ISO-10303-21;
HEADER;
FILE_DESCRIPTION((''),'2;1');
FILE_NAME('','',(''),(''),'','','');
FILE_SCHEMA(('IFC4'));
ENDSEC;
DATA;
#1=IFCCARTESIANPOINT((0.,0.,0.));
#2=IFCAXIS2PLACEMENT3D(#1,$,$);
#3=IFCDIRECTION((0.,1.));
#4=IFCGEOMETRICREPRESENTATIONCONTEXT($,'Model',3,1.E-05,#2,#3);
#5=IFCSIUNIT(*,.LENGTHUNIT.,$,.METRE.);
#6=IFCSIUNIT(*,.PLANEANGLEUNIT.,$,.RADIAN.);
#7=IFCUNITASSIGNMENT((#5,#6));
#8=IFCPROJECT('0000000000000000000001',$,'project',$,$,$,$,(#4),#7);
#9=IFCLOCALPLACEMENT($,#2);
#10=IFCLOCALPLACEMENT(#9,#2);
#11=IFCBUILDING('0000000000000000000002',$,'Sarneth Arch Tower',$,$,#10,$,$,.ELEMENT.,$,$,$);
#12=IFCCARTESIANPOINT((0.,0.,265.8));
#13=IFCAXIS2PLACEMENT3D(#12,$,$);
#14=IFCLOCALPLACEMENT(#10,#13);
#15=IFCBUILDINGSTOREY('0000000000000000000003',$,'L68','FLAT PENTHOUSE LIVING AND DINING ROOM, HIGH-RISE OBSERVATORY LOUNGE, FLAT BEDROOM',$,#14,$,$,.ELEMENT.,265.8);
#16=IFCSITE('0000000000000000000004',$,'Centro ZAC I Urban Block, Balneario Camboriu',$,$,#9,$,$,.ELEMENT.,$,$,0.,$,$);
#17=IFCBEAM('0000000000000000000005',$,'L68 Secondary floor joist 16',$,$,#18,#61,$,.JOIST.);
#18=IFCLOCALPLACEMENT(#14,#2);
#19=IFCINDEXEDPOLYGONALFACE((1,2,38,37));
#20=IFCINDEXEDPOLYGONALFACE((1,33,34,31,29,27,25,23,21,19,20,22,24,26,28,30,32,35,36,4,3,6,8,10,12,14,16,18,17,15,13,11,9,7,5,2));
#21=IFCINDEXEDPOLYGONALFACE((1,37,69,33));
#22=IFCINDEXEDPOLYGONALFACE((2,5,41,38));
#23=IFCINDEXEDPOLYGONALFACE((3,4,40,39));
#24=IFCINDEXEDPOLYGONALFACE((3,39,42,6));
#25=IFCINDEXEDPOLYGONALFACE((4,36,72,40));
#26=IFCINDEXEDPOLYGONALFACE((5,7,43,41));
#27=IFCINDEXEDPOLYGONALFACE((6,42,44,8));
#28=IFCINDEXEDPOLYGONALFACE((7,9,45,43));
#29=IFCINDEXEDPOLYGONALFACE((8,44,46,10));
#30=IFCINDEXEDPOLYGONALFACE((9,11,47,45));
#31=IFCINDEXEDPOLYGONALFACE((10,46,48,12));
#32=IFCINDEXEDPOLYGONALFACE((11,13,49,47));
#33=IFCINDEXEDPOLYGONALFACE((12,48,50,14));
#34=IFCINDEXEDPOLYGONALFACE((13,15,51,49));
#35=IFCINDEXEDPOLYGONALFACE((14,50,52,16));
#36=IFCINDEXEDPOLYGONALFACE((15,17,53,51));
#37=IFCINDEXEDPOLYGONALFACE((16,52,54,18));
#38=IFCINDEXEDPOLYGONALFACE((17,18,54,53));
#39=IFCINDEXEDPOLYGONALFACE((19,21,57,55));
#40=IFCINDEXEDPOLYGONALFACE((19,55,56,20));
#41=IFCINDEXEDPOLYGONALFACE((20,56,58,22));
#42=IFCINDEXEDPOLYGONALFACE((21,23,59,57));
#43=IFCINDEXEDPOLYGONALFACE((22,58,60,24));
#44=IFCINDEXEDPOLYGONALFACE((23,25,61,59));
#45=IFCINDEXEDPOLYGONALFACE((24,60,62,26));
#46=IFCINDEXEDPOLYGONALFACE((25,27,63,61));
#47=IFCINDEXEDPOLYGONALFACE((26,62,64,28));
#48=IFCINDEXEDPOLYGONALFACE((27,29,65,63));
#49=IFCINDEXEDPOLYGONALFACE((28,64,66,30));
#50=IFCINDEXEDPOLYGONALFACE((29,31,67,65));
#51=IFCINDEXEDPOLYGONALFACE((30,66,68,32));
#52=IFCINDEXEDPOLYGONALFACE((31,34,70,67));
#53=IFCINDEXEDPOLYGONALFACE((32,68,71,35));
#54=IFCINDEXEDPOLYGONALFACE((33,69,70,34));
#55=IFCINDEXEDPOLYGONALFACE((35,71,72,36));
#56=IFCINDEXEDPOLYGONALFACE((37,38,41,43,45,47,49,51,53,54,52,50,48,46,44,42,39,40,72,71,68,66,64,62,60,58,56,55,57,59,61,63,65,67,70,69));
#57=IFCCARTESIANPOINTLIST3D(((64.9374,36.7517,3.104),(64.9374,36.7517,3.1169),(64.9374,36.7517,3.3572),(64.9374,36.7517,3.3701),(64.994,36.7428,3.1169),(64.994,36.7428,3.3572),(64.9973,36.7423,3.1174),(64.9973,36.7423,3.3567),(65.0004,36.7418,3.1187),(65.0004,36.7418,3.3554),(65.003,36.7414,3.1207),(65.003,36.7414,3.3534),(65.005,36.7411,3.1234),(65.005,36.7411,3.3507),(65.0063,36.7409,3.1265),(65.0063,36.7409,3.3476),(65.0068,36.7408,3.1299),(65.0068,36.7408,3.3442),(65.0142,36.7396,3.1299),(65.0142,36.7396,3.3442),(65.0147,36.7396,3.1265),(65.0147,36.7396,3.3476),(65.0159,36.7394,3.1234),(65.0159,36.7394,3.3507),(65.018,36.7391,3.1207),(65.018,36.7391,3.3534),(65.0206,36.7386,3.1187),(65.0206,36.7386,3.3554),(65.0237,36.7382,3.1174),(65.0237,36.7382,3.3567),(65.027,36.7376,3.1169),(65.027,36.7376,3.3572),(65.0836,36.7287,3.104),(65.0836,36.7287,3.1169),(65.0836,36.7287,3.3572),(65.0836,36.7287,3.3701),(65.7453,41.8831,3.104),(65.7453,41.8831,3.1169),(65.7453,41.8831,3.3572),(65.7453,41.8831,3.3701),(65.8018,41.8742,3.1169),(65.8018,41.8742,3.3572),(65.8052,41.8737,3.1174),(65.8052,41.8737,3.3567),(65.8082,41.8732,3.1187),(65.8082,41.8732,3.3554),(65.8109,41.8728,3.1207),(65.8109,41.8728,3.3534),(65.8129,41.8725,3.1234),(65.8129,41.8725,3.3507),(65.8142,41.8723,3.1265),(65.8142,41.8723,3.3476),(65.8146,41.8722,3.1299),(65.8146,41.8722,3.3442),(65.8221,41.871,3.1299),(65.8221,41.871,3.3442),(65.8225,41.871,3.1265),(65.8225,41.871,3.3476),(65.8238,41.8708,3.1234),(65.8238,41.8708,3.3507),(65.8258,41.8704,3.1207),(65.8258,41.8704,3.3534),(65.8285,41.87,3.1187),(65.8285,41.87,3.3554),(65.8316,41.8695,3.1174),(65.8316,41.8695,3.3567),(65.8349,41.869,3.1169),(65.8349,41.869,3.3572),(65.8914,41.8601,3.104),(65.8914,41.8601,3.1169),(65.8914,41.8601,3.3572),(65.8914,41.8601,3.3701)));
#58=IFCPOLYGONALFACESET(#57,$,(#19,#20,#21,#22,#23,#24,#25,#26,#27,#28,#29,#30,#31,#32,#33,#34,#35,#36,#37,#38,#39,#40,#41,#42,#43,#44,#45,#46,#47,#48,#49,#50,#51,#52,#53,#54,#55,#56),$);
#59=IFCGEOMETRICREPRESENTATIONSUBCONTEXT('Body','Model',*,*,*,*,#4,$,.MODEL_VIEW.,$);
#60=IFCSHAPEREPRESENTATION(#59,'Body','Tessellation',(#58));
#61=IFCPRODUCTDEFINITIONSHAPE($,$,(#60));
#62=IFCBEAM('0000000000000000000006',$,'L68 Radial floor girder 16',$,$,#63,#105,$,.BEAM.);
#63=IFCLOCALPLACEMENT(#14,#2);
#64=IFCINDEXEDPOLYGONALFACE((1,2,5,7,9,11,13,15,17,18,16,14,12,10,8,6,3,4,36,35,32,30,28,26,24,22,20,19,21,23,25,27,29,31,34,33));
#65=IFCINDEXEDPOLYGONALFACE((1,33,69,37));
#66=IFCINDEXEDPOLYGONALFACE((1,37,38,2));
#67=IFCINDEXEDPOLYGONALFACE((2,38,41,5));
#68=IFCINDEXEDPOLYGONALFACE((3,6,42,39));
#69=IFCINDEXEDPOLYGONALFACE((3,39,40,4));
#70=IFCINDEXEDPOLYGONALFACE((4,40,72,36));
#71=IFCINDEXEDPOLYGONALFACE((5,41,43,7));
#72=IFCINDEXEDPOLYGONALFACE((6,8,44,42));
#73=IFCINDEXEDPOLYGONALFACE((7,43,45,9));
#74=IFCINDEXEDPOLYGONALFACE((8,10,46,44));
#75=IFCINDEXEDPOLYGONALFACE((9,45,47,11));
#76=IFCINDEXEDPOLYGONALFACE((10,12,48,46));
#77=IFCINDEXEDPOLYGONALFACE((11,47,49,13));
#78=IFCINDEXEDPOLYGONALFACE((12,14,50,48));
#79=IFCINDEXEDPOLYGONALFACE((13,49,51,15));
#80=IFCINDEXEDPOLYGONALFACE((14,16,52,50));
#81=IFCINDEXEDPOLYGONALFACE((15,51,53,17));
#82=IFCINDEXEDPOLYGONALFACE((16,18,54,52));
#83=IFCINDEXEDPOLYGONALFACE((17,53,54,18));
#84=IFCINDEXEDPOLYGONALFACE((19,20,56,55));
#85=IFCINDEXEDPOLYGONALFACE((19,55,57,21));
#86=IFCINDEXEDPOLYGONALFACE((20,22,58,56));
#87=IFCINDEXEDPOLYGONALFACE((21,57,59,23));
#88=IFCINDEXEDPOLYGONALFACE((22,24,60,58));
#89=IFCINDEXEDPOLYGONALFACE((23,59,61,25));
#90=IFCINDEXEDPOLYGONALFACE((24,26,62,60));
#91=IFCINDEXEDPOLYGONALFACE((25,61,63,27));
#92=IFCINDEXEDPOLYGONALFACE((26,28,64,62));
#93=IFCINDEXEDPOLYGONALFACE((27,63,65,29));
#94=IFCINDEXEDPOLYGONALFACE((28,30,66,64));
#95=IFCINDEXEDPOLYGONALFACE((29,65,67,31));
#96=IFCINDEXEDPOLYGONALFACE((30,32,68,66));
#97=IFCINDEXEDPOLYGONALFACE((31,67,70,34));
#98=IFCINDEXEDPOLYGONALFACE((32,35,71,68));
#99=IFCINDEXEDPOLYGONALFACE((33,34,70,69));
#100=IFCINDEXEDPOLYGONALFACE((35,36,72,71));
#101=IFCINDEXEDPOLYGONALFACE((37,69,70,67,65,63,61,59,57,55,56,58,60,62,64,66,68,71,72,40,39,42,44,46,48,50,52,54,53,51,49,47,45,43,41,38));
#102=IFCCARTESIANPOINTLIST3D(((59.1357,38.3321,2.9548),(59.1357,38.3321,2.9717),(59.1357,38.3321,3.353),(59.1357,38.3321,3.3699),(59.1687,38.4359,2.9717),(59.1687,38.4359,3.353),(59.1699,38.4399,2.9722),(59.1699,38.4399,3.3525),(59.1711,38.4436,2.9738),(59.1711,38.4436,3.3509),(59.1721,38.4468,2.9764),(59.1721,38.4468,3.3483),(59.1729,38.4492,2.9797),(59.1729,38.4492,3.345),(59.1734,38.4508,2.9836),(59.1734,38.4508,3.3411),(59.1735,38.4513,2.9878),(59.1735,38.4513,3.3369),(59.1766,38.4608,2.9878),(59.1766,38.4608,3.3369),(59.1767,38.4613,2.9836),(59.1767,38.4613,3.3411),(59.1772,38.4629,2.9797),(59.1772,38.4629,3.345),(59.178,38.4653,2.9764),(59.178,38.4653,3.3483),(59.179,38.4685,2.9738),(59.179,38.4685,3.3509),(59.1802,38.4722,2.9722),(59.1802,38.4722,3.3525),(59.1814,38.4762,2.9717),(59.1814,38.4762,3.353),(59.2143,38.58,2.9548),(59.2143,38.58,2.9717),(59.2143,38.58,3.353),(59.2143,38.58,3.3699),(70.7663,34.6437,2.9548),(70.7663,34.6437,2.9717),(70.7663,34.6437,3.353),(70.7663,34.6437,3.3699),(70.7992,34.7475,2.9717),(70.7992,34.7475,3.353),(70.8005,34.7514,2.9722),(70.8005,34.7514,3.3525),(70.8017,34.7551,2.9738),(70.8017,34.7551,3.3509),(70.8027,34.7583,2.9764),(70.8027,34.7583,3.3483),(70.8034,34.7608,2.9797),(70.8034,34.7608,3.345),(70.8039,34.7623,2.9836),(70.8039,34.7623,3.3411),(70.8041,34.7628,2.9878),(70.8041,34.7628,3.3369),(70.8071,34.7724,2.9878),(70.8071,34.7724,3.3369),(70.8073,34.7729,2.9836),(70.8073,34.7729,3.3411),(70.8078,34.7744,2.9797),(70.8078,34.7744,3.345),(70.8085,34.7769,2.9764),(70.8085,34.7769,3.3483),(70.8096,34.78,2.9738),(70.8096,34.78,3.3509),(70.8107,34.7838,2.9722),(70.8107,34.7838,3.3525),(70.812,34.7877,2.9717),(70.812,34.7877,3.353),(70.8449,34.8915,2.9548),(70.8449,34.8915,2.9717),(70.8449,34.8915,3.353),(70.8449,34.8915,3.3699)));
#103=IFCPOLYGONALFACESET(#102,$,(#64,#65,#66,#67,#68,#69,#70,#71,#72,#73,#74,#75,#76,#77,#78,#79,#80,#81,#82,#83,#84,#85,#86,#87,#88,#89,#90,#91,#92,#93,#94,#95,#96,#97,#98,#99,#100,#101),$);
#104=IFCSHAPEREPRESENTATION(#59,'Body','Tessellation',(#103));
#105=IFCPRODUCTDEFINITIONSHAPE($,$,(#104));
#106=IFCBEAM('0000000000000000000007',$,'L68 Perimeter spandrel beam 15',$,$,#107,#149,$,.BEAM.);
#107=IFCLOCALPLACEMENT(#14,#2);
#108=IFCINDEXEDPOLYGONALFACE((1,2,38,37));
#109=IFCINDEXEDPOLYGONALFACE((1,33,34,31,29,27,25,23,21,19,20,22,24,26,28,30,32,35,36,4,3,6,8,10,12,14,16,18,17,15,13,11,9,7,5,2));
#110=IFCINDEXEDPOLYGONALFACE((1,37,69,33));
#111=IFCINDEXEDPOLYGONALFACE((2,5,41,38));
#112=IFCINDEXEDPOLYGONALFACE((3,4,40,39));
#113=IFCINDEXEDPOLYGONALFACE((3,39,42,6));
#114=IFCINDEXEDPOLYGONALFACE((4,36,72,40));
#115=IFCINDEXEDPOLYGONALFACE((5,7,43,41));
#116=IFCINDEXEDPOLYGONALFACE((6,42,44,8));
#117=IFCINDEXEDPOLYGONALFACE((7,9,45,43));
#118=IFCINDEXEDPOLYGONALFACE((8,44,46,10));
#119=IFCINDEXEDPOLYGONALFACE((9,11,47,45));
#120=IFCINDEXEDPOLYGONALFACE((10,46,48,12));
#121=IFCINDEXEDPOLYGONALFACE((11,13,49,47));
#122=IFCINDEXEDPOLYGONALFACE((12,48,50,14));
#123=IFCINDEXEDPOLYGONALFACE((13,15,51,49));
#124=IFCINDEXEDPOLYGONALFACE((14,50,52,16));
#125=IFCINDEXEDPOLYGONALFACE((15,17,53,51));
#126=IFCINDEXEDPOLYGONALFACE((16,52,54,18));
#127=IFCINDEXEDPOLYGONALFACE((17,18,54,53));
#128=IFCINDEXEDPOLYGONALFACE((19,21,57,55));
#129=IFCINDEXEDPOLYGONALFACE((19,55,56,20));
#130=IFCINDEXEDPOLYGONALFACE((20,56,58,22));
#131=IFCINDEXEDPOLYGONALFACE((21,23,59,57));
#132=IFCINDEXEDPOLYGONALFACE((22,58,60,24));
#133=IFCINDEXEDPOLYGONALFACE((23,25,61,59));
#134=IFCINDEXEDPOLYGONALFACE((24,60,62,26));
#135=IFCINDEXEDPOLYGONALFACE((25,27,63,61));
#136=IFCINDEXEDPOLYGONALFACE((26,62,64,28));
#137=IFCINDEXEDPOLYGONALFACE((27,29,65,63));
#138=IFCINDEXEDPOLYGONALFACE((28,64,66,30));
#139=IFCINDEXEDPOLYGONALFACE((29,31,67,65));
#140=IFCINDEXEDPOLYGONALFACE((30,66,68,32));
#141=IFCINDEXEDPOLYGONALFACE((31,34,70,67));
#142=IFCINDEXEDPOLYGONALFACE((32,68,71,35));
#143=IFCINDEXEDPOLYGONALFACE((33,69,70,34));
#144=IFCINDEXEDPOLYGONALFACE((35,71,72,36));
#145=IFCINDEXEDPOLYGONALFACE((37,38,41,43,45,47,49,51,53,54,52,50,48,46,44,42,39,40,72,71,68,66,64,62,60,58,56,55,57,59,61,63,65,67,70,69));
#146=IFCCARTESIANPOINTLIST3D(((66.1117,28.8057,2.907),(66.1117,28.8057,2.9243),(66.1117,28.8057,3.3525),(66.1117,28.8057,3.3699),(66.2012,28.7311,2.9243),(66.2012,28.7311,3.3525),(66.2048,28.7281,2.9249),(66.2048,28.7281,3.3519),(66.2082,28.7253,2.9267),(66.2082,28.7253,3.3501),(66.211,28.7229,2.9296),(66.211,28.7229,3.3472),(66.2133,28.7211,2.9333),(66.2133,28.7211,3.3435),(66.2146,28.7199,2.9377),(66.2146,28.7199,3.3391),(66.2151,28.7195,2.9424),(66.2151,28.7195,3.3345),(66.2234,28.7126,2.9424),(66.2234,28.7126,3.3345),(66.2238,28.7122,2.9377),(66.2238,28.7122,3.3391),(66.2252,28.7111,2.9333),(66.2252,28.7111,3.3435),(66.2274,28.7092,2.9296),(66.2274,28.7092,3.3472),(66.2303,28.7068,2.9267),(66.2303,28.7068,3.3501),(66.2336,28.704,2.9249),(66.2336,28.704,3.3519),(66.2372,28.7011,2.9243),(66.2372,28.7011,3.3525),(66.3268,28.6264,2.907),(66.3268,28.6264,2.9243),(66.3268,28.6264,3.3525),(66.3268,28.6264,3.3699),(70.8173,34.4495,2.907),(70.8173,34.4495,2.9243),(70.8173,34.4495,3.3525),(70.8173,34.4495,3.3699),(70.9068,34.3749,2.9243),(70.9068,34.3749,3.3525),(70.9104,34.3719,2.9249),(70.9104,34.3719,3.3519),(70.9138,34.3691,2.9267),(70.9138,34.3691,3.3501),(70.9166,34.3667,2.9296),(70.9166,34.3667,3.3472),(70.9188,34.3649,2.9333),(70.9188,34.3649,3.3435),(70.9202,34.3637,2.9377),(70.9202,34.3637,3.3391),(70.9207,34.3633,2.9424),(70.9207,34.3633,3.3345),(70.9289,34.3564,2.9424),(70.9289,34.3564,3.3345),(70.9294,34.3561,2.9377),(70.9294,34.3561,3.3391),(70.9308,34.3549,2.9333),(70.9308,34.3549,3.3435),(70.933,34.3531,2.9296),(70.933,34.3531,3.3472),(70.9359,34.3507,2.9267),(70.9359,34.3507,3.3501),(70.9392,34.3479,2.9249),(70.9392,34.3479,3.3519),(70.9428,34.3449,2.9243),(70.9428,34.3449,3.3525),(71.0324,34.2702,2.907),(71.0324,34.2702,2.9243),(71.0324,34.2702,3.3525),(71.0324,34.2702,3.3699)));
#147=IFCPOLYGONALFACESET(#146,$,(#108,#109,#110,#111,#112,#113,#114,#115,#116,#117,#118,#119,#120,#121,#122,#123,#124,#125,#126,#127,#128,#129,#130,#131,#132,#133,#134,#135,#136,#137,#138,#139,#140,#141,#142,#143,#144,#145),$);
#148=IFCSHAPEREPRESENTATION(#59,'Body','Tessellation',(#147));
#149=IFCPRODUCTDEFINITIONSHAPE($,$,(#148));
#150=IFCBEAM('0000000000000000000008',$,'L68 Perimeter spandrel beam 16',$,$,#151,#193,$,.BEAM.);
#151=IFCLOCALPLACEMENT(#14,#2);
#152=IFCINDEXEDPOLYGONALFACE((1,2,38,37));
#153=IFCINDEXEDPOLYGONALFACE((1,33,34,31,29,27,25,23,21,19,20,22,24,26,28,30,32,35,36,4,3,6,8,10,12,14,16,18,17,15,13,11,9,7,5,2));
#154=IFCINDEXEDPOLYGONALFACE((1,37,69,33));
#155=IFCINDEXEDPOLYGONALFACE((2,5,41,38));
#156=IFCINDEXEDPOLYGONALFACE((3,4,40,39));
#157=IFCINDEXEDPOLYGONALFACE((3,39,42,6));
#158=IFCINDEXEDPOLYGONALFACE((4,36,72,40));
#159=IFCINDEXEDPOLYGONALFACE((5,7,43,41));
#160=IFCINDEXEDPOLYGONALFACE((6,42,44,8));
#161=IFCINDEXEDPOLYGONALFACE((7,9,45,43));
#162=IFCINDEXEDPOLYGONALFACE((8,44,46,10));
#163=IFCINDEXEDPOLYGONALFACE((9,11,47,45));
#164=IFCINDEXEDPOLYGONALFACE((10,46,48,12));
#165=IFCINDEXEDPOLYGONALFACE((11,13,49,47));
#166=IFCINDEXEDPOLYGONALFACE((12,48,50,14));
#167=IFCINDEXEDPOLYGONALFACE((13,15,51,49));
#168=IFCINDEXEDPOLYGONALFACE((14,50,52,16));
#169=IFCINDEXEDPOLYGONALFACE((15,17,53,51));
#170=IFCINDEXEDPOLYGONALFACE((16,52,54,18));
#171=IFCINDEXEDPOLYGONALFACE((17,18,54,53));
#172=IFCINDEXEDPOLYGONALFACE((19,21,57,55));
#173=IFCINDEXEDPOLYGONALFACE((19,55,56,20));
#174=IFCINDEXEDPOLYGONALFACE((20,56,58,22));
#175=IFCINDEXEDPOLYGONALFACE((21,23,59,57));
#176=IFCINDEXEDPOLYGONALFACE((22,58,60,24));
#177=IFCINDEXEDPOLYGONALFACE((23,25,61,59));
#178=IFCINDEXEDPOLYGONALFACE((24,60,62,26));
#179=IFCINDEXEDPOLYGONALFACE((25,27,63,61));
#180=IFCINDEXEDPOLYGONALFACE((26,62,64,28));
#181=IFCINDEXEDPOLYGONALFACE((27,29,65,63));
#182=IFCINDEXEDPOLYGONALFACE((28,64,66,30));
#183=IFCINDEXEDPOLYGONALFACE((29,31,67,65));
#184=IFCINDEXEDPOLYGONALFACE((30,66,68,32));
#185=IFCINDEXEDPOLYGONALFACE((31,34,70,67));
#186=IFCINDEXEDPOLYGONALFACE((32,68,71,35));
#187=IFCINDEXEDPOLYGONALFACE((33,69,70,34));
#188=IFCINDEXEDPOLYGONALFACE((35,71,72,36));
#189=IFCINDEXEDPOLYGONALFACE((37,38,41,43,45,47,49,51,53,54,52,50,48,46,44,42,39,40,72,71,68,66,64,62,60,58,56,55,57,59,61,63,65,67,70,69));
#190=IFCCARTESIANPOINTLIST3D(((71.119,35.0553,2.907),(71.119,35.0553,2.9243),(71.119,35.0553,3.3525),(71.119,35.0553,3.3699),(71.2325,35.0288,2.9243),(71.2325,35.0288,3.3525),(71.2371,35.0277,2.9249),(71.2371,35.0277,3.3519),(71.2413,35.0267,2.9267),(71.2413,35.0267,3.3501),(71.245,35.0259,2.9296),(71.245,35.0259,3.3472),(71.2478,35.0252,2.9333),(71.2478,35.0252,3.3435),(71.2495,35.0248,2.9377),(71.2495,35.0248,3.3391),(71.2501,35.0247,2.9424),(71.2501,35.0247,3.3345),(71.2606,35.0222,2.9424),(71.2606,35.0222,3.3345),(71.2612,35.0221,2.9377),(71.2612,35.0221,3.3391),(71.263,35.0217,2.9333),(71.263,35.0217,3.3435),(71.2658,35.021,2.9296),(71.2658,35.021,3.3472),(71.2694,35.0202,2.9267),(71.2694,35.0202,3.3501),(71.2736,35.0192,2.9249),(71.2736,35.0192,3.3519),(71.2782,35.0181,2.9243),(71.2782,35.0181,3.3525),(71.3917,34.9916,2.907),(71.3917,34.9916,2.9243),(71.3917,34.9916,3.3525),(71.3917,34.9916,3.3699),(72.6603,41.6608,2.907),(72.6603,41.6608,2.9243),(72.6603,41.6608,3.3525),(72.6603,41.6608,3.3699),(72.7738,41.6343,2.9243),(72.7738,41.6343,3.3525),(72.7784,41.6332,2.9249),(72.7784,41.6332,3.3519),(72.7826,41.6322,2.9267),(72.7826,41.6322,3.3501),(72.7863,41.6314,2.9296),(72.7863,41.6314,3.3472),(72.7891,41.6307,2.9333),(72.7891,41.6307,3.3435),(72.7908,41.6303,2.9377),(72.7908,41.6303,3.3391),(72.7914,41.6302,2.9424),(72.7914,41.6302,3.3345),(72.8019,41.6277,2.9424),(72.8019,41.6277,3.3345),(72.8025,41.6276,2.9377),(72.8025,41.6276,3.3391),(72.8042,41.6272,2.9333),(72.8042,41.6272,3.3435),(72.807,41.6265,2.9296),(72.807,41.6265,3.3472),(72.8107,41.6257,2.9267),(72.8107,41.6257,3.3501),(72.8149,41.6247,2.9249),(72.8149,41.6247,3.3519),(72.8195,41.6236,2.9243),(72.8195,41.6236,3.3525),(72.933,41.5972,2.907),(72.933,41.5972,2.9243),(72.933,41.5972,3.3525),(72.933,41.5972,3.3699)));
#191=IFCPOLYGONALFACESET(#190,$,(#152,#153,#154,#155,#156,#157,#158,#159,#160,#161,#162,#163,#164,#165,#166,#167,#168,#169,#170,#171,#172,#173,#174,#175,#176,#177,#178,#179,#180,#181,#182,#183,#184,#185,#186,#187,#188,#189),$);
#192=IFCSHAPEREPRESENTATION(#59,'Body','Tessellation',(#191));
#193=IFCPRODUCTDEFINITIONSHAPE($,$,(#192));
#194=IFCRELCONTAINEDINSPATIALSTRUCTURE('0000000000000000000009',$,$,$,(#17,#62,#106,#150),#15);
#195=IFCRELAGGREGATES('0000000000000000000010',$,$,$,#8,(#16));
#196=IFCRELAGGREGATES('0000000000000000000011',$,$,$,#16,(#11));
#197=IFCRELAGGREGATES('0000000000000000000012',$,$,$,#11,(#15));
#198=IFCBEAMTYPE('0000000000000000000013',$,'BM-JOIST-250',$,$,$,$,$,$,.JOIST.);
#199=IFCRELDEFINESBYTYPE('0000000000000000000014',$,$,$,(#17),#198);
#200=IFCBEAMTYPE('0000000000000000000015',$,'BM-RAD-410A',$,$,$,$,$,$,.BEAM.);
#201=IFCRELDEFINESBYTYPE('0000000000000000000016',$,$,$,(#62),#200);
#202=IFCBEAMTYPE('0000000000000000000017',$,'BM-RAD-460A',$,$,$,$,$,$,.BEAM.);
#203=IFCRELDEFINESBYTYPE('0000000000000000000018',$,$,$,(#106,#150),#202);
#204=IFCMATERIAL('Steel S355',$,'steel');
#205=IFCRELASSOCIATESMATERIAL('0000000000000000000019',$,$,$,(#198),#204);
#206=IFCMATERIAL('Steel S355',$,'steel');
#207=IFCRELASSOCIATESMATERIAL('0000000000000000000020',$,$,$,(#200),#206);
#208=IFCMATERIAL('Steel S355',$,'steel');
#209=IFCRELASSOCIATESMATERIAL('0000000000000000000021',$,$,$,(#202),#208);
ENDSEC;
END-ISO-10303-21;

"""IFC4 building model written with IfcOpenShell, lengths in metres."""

from ifc_helpers import new_model, si_unit, direction, frame, origin, origin_2d, place, context, subcontext, project, spatial, i_section, extrude, material, material_profile, profile_set, type_object, element, save


model = new_model("IFC4")

# Units and contexts
model_context = context("Model", 3, precision=1e-05, world=origin(), true_north=direction((0.0, 1.0)))
body_context = subcontext(model_context, "Body", "Model", "MODEL_VIEW")
ifc_project = project(units=[si_unit("LENGTHUNIT", "METRE"), si_unit("PLANEANGLEUNIT", "RADIAN")], contexts=[model_context])

# Site, building, storey
site_placement = place(None, origin())
site = spatial("IfcSite", under=ifc_project, at=site_placement, Name="Centro ZAC I Urban Block, Balneario Camboriu", CompositionType="ELEMENT", RefElevation=0.0)
building_placement = place(site_placement, origin())
building = spatial("IfcBuilding", under=site, at=building_placement, Name="Sarneth Arch Tower", CompositionType="ELEMENT")
storey_placement = place(building_placement, frame((0.0, 0.0, 265.8)))
storey = spatial("IfcBuildingStorey", under=building, at=storey_placement, Name="L68", Description="FLAT PENTHOUSE LIVING AND DINING ROOM, HIGH-RISE OBSERVATORY LOUNGE, FLAT BEDROOM", CompositionType="ELEMENT", Elevation=265.8)

# Beams
ifc_material_1 = material(Name="Steel S355", Category="steel")
ifc_material_profile_1 = material_profile(ifc_material_1, i_section(OverallWidth=0.1479, OverallDepth=0.2661, WebThickness=0.0076, FlangeThickness=0.0129, FilletRadius=0.0129, at=origin_2d()), Name="W250x44.8")
ifc_profile_set_1 = profile_set([ifc_material_profile_1], Name="Steel S355")
beam_type_1 = type_object("IfcBeamType", Name="BM-JOIST-250", PredefinedType="JOIST", material=ifc_profile_set_1)
beam_1_placement = place(storey_placement, frame((65.0105, 36.7402, 3.2371), z_axis=(0.155521, 0.987833, 0.0), x_axis=(-0.987833, 0.155521, 0.0)))
element("IfcBeam", 1, at=beam_1_placement, inside=storey, type_object=beam_type_1, Name="L68 Secondary floor joist 16", PredefinedType="JOIST", context=body_context, shape_type="SweptSolid", body=[
    extrude(i_section(OverallWidth=0.1479, OverallDepth=0.2661, WebThickness=0.0076, FlangeThickness=0.0129, FilletRadius=0.0129, at=origin_2d()), origin(), (0.0, 0.0, 1.0), 5.1946),
])
ifc_material_2 = material(Name="Steel S355", Category="steel")
ifc_material_profile_2 = material_profile(ifc_material_2, i_section(OverallWidth=0.26, OverallDepth=0.415, WebThickness=0.01, FlangeThickness=0.0168, FilletRadius=0.0161, at=origin_2d()), Name="W410x100")
ifc_profile_set_2 = profile_set([ifc_material_profile_2], Name="Steel S355")
beam_type_2 = type_object("IfcBeamType", Name="BM-RAD-410A", PredefinedType="BEAM", material=ifc_profile_set_2)
beam_2_placement = place(storey_placement, frame((59.175, 38.4561, 3.1624), z_axis=(0.953214, -0.302298, 0.0), x_axis=(0.302298, 0.953214, 0.0)))
element("IfcBeam", 2, at=beam_2_placement, inside=storey, type_object=beam_type_2, Name="L68 Radial floor girder 16", PredefinedType="BEAM", context=body_context, shape_type="SweptSolid", body=[
    extrude(i_section(OverallWidth=0.26, OverallDepth=0.415, WebThickness=0.01, FlangeThickness=0.0168, FilletRadius=0.0161, at=origin_2d()), origin(), (0.0, 0.0, 1.0), 12.2014),
])
ifc_material_3 = material(Name="Steel S355", Category="steel")
ifc_material_profile_3 = material_profile(ifc_material_3, i_section(OverallWidth=0.28, OverallDepth=0.4629, WebThickness=0.0107, FlangeThickness=0.0173, FilletRadius=0.0181, at=origin_2d()), Name="W460x113")
ifc_profile_set_3 = profile_set([ifc_material_profile_3], Name="Steel S355")
beam_type_3 = type_object("IfcBeamType", Name="BM-RAD-460A", PredefinedType="BEAM", material=ifc_profile_set_3)
beam_3_placement = place(storey_placement, frame((66.2192, 28.7161, 3.1384), z_axis=(0.640377, 0.768061, 0.0), x_axis=(-0.768061, 0.640377, 0.0)))
element("IfcBeam", 3, at=beam_3_placement, inside=storey, type_object=beam_type_3, Name="L68 Perimeter spandrel beam 15", PredefinedType="BEAM", context=body_context, shape_type="SweptSolid", body=[
    extrude(i_section(OverallWidth=0.28, OverallDepth=0.4629, WebThickness=0.0107, FlangeThickness=0.0173, FilletRadius=0.0181, at=origin_2d()), origin(), (0.0, 0.0, 1.0), 7.3481),
])
beam_4_placement = place(storey_placement, frame((71.2554, 35.0234, 3.1384), z_axis=(0.227227, 0.973842, 0.0), x_axis=(-0.973842, 0.227227, 0.0)))
element("IfcBeam", 4, at=beam_4_placement, inside=storey, type_object=beam_type_3, Name="L68 Perimeter spandrel beam 16", PredefinedType="BEAM", context=body_context, shape_type="SweptSolid", body=[
    extrude(i_section(OverallWidth=0.28, OverallDepth=0.4629, WebThickness=0.0107, FlangeThickness=0.0173, FilletRadius=0.0181, at=origin_2d()), origin(), (0.0, 0.0, 1.0), 6.783),
])

save(model, "model.ifc")
